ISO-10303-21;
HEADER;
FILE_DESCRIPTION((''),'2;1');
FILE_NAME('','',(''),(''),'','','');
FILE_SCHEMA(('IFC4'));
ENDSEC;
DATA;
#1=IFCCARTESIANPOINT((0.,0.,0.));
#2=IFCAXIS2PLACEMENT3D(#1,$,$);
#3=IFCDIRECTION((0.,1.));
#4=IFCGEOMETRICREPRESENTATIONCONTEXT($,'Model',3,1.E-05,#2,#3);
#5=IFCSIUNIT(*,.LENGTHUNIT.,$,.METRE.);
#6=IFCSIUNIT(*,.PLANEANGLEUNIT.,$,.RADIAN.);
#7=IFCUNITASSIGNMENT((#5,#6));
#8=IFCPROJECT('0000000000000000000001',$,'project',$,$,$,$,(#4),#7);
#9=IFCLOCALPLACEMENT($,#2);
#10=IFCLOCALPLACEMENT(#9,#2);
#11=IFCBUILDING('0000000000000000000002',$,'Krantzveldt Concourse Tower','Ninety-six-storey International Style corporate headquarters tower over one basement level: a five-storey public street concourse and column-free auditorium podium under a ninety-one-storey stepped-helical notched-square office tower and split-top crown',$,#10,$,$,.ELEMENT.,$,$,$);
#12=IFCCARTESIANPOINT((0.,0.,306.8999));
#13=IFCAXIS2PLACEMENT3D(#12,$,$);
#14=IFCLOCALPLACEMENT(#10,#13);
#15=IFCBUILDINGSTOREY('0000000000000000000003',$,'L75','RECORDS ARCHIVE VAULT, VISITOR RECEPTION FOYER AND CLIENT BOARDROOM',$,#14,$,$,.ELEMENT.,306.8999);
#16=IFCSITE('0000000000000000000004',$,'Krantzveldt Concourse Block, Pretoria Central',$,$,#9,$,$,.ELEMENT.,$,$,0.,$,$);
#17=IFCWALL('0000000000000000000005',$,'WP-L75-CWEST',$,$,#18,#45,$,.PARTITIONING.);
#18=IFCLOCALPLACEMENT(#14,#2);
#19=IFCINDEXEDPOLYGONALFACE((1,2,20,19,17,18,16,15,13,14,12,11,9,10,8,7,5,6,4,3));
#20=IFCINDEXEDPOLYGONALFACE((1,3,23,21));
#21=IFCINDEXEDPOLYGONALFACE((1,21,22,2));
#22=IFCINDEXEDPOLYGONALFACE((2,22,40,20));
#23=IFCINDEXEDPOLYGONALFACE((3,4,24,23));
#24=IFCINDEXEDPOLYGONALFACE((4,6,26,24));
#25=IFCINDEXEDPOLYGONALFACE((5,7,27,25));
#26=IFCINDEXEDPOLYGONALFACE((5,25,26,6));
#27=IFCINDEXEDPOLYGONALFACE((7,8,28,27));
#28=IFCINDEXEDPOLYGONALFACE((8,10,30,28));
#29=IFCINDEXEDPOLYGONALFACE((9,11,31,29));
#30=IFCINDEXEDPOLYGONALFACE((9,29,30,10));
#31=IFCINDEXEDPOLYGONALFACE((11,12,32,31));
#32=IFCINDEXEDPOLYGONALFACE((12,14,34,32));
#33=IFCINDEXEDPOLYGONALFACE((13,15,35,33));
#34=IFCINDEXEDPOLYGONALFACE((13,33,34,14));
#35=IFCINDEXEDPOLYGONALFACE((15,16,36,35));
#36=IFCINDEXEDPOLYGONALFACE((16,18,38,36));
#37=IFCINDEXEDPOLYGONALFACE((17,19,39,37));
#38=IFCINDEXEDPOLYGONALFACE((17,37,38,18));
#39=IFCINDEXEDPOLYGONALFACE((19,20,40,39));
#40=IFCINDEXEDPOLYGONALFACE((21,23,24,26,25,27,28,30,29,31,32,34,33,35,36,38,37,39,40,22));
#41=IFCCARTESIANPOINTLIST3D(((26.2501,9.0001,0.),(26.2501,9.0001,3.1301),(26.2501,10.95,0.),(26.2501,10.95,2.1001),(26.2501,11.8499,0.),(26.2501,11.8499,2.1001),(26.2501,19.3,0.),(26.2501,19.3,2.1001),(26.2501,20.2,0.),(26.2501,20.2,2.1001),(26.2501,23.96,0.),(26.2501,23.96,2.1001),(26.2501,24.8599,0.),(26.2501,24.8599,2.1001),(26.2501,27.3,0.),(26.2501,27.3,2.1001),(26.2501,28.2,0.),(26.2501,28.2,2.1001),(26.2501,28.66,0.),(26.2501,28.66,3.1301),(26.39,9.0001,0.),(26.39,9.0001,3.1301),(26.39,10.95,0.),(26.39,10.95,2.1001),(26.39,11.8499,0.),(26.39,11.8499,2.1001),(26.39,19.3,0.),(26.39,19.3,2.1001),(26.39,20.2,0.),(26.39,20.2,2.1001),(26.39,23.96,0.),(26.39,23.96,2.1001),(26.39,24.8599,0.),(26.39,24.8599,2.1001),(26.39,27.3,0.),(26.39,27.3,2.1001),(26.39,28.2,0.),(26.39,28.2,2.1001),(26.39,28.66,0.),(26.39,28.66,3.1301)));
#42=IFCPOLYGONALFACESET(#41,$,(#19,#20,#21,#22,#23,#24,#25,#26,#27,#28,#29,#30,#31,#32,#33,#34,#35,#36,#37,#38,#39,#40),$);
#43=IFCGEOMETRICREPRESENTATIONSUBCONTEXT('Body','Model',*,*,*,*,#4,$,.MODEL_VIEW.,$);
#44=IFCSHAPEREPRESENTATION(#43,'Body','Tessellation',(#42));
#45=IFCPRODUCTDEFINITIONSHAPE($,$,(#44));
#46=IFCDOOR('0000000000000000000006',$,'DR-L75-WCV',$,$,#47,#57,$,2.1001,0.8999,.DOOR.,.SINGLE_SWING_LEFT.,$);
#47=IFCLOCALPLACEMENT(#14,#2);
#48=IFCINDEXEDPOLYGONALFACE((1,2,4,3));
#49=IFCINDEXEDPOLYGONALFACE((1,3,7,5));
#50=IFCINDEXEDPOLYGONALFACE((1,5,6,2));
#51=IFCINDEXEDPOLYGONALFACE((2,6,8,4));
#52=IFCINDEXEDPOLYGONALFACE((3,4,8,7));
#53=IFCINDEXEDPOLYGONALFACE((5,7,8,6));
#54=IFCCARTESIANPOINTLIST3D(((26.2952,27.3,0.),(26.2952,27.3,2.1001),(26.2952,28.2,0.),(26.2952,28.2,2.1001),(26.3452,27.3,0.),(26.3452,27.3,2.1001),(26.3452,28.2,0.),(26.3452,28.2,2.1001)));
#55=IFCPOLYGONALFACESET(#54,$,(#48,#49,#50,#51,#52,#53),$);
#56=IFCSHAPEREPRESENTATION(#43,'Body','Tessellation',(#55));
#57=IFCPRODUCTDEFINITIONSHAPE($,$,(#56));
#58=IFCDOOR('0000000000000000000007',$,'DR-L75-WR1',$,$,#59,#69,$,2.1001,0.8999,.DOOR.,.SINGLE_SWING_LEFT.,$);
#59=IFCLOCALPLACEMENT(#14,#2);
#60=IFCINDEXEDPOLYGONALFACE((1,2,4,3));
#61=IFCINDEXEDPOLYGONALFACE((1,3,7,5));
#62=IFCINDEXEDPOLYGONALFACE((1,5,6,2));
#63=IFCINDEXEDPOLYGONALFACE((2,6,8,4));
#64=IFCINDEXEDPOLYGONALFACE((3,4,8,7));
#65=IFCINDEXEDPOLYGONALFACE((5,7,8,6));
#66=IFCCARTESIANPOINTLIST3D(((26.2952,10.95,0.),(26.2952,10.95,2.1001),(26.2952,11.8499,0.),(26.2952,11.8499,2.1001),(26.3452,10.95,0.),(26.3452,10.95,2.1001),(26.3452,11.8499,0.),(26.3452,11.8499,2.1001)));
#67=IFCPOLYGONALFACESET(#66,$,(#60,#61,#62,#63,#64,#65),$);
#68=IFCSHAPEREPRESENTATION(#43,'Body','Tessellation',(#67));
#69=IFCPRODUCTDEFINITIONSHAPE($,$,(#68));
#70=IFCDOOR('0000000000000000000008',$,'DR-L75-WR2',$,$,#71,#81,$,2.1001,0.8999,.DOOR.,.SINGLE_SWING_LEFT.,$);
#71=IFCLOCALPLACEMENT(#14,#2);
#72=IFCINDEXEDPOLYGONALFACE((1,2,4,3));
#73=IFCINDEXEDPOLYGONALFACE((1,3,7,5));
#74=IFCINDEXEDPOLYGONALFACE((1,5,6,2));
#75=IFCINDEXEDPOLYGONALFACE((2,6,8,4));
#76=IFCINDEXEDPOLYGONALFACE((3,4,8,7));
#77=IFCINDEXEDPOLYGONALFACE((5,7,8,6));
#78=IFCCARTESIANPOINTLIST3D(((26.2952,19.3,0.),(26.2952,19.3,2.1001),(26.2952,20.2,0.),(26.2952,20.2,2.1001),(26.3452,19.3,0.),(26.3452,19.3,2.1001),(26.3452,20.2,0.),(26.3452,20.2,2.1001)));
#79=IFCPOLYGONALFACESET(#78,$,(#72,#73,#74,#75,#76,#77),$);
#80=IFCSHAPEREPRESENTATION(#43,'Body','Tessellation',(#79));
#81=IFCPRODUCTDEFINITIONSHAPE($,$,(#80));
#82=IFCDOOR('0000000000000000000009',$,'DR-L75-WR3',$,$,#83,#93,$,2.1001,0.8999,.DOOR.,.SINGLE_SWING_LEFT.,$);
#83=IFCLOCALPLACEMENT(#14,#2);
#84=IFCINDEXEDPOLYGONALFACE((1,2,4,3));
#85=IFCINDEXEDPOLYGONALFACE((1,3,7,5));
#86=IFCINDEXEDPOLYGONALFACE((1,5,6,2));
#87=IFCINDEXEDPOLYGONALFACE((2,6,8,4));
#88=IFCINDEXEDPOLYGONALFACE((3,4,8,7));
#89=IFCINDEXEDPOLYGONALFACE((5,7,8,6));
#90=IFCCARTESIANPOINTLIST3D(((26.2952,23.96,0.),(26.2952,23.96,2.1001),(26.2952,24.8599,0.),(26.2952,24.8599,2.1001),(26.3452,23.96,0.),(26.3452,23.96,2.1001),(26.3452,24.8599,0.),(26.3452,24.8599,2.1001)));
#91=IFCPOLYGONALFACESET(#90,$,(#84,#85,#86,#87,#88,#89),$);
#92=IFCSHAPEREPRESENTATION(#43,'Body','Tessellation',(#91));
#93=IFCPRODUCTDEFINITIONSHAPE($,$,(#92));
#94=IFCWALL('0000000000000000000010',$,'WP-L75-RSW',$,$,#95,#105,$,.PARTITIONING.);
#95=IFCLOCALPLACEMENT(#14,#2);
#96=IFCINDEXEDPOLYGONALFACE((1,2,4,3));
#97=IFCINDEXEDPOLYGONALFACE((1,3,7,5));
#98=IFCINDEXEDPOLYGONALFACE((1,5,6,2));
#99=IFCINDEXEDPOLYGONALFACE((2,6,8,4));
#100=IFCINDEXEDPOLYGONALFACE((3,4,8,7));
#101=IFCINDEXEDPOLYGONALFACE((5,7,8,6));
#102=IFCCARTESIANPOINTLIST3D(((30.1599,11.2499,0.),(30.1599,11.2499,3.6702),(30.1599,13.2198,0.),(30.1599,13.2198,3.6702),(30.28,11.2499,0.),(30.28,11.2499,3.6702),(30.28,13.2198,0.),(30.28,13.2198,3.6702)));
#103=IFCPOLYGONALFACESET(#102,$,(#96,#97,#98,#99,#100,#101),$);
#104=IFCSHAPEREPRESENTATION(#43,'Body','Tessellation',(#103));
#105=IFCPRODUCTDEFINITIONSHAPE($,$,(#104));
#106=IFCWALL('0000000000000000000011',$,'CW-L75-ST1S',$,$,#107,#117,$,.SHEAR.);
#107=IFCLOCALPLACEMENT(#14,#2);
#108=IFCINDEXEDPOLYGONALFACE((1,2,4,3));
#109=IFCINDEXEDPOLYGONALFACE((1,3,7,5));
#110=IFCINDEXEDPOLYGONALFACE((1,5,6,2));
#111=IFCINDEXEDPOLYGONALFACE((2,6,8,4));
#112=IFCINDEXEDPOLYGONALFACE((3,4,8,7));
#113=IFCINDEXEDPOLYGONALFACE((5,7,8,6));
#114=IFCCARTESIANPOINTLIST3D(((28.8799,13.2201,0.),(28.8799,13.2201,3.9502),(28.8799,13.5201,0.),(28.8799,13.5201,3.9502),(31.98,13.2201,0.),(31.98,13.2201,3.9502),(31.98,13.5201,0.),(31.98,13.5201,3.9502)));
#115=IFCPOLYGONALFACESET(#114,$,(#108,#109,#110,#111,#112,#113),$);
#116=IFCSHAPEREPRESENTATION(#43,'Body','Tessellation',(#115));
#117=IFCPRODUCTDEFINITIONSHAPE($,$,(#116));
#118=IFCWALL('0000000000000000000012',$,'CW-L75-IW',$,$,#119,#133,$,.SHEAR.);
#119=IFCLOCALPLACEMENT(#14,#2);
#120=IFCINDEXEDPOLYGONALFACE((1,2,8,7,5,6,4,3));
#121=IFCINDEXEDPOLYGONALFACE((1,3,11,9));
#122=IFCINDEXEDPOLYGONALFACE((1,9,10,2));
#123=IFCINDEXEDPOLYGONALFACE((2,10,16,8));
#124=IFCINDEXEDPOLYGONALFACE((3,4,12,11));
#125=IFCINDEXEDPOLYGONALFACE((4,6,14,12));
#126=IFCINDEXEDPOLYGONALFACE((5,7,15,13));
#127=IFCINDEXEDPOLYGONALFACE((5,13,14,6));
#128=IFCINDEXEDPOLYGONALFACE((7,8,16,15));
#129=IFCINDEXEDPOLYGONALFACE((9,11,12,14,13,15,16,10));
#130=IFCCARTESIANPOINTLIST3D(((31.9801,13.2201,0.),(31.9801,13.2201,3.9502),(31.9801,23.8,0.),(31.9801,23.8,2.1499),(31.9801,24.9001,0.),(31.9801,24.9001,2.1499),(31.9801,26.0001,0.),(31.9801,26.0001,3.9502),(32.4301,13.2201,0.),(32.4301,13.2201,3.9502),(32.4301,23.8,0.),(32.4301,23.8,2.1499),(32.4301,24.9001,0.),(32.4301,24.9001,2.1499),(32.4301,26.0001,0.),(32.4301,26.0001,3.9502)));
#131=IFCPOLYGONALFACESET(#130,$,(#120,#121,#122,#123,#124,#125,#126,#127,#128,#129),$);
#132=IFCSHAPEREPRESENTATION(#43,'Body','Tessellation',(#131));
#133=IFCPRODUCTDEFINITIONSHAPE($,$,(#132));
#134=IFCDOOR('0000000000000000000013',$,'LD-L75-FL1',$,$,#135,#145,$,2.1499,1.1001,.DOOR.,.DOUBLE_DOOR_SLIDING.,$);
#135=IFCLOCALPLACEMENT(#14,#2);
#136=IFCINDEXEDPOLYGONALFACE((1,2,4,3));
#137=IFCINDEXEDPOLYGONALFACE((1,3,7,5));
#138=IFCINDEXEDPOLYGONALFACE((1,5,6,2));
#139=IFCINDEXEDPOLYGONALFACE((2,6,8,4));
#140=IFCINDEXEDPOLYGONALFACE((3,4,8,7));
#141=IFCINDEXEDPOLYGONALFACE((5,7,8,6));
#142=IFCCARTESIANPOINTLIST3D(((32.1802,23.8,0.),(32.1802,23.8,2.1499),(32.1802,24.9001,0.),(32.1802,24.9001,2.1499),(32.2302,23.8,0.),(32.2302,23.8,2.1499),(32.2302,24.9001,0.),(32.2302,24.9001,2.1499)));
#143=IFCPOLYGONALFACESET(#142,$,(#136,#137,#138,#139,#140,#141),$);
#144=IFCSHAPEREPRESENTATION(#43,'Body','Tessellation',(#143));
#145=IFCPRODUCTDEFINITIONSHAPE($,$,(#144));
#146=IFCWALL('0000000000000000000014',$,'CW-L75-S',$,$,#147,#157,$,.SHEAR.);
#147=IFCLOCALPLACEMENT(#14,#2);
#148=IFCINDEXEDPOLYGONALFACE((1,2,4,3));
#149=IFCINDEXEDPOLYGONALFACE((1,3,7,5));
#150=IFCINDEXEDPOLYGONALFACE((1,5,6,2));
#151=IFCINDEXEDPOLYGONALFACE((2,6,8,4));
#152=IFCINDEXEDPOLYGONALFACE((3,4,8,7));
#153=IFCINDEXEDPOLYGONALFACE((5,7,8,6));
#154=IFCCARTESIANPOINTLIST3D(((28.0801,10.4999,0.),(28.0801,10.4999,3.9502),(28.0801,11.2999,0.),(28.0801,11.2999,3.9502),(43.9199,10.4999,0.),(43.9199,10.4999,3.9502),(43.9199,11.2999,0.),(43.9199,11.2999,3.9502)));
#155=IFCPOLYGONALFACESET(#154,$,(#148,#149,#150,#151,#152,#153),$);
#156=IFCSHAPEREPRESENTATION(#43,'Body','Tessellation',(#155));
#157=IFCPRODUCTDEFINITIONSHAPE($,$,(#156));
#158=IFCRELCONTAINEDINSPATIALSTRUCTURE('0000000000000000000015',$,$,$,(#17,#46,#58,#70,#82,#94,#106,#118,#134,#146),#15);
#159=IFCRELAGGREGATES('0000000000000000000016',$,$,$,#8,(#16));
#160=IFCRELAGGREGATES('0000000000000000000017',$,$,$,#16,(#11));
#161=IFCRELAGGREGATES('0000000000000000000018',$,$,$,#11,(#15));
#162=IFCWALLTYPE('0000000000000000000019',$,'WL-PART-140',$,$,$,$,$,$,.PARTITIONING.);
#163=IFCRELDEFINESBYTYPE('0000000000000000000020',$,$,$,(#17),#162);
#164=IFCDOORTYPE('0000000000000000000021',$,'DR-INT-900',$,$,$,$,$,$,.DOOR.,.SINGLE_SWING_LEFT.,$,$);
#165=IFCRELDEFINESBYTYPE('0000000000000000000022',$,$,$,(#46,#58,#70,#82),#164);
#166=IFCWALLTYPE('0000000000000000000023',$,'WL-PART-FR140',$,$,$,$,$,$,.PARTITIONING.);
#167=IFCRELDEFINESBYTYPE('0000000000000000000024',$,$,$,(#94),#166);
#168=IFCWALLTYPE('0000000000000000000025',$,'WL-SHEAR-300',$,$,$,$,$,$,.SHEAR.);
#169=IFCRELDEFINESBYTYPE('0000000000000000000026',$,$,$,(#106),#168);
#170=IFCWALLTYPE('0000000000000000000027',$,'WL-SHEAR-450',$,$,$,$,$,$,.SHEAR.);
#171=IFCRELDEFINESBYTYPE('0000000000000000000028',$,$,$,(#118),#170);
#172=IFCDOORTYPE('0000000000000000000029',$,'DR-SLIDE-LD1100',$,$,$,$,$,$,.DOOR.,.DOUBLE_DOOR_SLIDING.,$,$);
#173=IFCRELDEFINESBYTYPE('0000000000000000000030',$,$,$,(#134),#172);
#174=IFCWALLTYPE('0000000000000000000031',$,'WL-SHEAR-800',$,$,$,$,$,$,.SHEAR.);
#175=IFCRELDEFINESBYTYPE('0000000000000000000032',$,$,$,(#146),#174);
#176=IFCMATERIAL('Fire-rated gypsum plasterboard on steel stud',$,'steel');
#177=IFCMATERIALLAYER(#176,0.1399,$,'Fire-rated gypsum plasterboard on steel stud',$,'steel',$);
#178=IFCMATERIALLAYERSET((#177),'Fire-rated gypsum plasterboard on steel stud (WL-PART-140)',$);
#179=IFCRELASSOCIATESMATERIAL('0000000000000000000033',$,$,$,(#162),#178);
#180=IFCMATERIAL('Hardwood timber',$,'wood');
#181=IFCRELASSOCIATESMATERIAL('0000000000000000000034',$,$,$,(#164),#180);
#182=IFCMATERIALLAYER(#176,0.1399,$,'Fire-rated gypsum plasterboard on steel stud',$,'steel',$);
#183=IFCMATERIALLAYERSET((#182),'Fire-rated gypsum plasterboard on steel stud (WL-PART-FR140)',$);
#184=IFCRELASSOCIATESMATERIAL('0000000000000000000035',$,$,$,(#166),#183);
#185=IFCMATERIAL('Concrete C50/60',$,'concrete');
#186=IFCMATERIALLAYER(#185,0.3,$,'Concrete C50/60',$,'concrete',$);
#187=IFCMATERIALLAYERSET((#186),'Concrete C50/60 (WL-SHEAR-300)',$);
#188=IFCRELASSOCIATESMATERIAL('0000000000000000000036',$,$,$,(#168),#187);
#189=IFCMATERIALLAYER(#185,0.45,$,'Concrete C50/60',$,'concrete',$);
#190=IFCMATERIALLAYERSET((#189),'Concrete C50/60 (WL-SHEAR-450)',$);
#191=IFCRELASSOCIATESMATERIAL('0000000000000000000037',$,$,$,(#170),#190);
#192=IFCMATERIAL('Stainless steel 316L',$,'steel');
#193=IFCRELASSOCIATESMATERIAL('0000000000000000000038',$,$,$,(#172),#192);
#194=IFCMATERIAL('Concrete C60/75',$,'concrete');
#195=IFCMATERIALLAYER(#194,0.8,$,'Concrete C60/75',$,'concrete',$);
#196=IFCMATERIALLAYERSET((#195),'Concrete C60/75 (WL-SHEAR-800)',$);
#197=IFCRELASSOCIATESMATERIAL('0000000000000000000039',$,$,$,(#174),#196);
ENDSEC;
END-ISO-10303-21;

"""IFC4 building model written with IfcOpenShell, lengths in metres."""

from ifc_helpers import new_model, si_unit, direction, frame, frame_2d, origin, place, context, subcontext, project, spatial, rectangle, extrude, material, layer, layer_set, type_object, element, fill, save


model = new_model("IFC4")

# Units and contexts
model_context = context("Model", 3, precision=1e-05, world=origin(), true_north=direction((0.0, 1.0)))
body_context = subcontext(model_context, "Body", "Model", "MODEL_VIEW")
ifc_project = project(units=[si_unit("LENGTHUNIT", "METRE"), si_unit("PLANEANGLEUNIT", "RADIAN")], contexts=[model_context])

# Site, building, storey
site_placement = place(None, origin())
site = spatial("IfcSite", under=ifc_project, at=site_placement, Name="Krantzveldt Concourse Block, Pretoria Central", CompositionType="ELEMENT", RefElevation=0.0)
building_placement = place(site_placement, origin())
building = spatial("IfcBuilding", under=site, at=building_placement, Name="Krantzveldt Concourse Tower", Description="Ninety-six-storey International Style corporate headquarters tower over one basement level: a five-storey public street concourse and column-free auditorium podium under a ninety-one-storey stepped-helical notched-square office tower and split-top crown", CompositionType="ELEMENT")
storey_placement = place(building_placement, frame((0.0, 0.0, 306.8999)))
storey = spatial("IfcBuildingStorey", under=building, at=storey_placement, Name="L75", Description="RECORDS ARCHIVE VAULT, VISITOR RECEPTION FOYER AND CLIENT BOARDROOM", CompositionType="ELEMENT", Elevation=306.8999)

# Shared definitions
ifc_material_1 = material(Name="Fire-rated gypsum plasterboard on steel stud", Category="steel")
ifc_material_2 = material(Name="Hardwood timber", Category="wood")

# Wall, openings, doors
ifc_layer_1 = layer(ifc_material_1, 0.1399, Name="Fire-rated gypsum plasterboard on steel stud", Category="steel")
ifc_layer_set_1 = layer_set([ifc_layer_1], Name="Fire-rated gypsum plasterboard on steel stud (WL-PART-140)")
wall_type_1 = type_object("IfcWallType", Name="WL-PART-140", PredefinedType="PARTITIONING", material=ifc_layer_set_1)
wall_1_placement = place(storey_placement, frame((26.3201, 9.0, 0.0), z_axis=(0.0, 0.0, 1.0), x_axis=(0.0, 1.0, 0.0)))
wall_1 = element("IfcWall", 1, at=wall_1_placement, inside=storey, type_object=wall_type_1, Name="WP-L75-CWEST", PredefinedType="PARTITIONING", context=body_context, shape_type="SweptSolid", body=[
    extrude(rectangle(XDim=19.6599, YDim=0.1399, at=frame_2d((9.8301, 0.0))), origin(), (0.0, 0.0, 1.0), 3.1301),
])
opening_1_placement = place(wall_1_placement, frame((18.3, 0.0, 0.0)))
opening_1 = element("IfcOpeningElement", 2, at=opening_1_placement, cuts=wall_1, PredefinedType="OPENING", context=body_context, shape_type="SweptSolid", body=[
    extrude(rectangle(XDim=0.8999, YDim=2.1001, at=frame_2d((0.45, 1.05))), frame((0.0, 0.0801, 0.0), z_axis=(0.0, -1.0, 0.0), x_axis=(1.0, 0.0, 0.0)), (0.0, 0.0, 1.0), 0.1599),
])
opening_2_placement = place(wall_1_placement, frame((1.95, 0.0, 0.0)))
opening_2 = element("IfcOpeningElement", 3, at=opening_2_placement, cuts=wall_1, PredefinedType="OPENING", context=body_context, shape_type="SweptSolid", body=[
    extrude(rectangle(XDim=0.8999, YDim=2.1001, at=frame_2d((0.45, 1.05))), frame((0.0, 0.0801, 0.0), z_axis=(0.0, -1.0, 0.0), x_axis=(1.0, 0.0, 0.0)), (0.0, 0.0, 1.0), 0.1599),
])
opening_3_placement = place(wall_1_placement, frame((10.3, 0.0, 0.0)))
opening_3 = element("IfcOpeningElement", 4, at=opening_3_placement, cuts=wall_1, PredefinedType="OPENING", context=body_context, shape_type="SweptSolid", body=[
    extrude(rectangle(XDim=0.8999, YDim=2.1001, at=frame_2d((0.45, 1.05))), frame((0.0, 0.0801, 0.0), z_axis=(0.0, -1.0, 0.0), x_axis=(1.0, 0.0, 0.0)), (0.0, 0.0, 1.0), 0.1599),
])
opening_4_placement = place(wall_1_placement, frame((14.96, 0.0, 0.0)))
opening_4 = element("IfcOpeningElement", 5, at=opening_4_placement, cuts=wall_1, PredefinedType="OPENING", context=body_context, shape_type="SweptSolid", body=[
    extrude(rectangle(XDim=0.8999, YDim=2.1001, at=frame_2d((0.45, 1.05))), frame((0.0, 0.0801, 0.0), z_axis=(0.0, -1.0, 0.0), x_axis=(1.0, 0.0, 0.0)), (0.0, 0.0, 1.0), 0.1599),
])
door_type_1 = type_object("IfcDoorType", Name="DR-INT-900", OperationType="SINGLE_SWING_LEFT", PredefinedType="DOOR", material=ifc_material_2)
door_1_placement = place(opening_1_placement, origin())
door_1 = element("IfcDoor", 6, at=door_1_placement, inside=storey, type_object=door_type_1, Name="DR-L75-WCV", OperationType="SINGLE_SWING_LEFT", OverallHeight=2.1001, OverallWidth=0.8999, PredefinedType="DOOR", context=body_context, shape_type="SweptSolid", body=[
    extrude(rectangle(XDim=0.8999, YDim=2.1001, at=frame_2d((0.45, 1.05))), frame((0.0, 0.0249, 0.0), z_axis=(0.0, -1.0, 0.0), x_axis=(1.0, 0.0, 0.0)), (0.0, 0.0, 1.0), 0.05),
])
fill(opening_1, door_1)
door_2_placement = place(opening_2_placement, origin())
door_2 = element("IfcDoor", 7, at=door_2_placement, inside=storey, type_object=door_type_1, Name="DR-L75-WR1", OperationType="SINGLE_SWING_LEFT", OverallHeight=2.1001, OverallWidth=0.8999, PredefinedType="DOOR", context=body_context, shape_type="SweptSolid", body=[
    extrude(rectangle(XDim=0.8999, YDim=2.1001, at=frame_2d((0.45, 1.05))), frame((0.0, 0.0249, 0.0), z_axis=(0.0, -1.0, 0.0), x_axis=(1.0, 0.0, 0.0)), (0.0, 0.0, 1.0), 0.05),
])
fill(opening_2, door_2)
door_3_placement = place(opening_3_placement, origin())
door_3 = element("IfcDoor", 8, at=door_3_placement, inside=storey, type_object=door_type_1, Name="DR-L75-WR2", OperationType="SINGLE_SWING_LEFT", OverallHeight=2.1001, OverallWidth=0.8999, PredefinedType="DOOR", context=body_context, shape_type="SweptSolid", body=[
    extrude(rectangle(XDim=0.8999, YDim=2.1001, at=frame_2d((0.45, 1.05))), frame((0.0, 0.0249, 0.0), z_axis=(0.0, -1.0, 0.0), x_axis=(1.0, 0.0, 0.0)), (0.0, 0.0, 1.0), 0.05),
])
fill(opening_3, door_3)
door_4_placement = place(opening_4_placement, origin())
door_4 = element("IfcDoor", 9, at=door_4_placement, inside=storey, type_object=door_type_1, Name="DR-L75-WR3", OperationType="SINGLE_SWING_LEFT", OverallHeight=2.1001, OverallWidth=0.8999, PredefinedType="DOOR", context=body_context, shape_type="SweptSolid", body=[
    extrude(rectangle(XDim=0.8999, YDim=2.1001, at=frame_2d((0.45, 1.05))), frame((0.0, 0.0249, 0.0), z_axis=(0.0, -1.0, 0.0), x_axis=(1.0, 0.0, 0.0)), (0.0, 0.0, 1.0), 0.05),
])
fill(opening_4, door_4)

# Walls
ifc_layer_2 = layer(ifc_material_1, 0.1399, Name="Fire-rated gypsum plasterboard on steel stud", Category="steel")
ifc_layer_set_2 = layer_set([ifc_layer_2], Name="Fire-rated gypsum plasterboard on steel stud (WL-PART-FR140)")
wall_type_2 = type_object("IfcWallType", Name="WL-PART-FR140", PredefinedType="PARTITIONING", material=ifc_layer_set_2)
wall_2_placement = place(storey_placement, frame((30.22, 11.25, 0.0), z_axis=(0.0, 0.0, 1.0), x_axis=(0.0, 1.0, 0.0)))
element("IfcWall", 10, at=wall_2_placement, inside=storey, type_object=wall_type_2, Name="WP-L75-RSW", PredefinedType="PARTITIONING", context=body_context, shape_type="SweptSolid", body=[
    extrude(rectangle(XDim=1.97, YDim=0.1201, at=frame_2d((0.9849, 0.0))), origin(), (0.0, 0.0, 1.0), 3.6702),
])
ifc_material_3 = material(Name="Concrete C50/60", Category="concrete")
ifc_layer_3 = layer(ifc_material_3, 0.3, Name="Concrete C50/60", Category="concrete")
ifc_layer_set_3 = layer_set([ifc_layer_3], Name="Concrete C50/60 (WL-SHEAR-300)")
wall_type_3 = type_object("IfcWallType", Name="WL-SHEAR-300", PredefinedType="SHEAR", material=ifc_layer_set_3)
wall_3_placement = place(storey_placement, frame((28.8799, 13.3701, 0.0), z_axis=(0.0, 0.0, 1.0), x_axis=(1.0, 0.0, 0.0)))
element("IfcWall", 11, at=wall_3_placement, inside=storey, type_object=wall_type_3, Name="CW-L75-ST1S", PredefinedType="SHEAR", context=body_context, shape_type="SweptSolid", body=[
    extrude(rectangle(XDim=3.1001, YDim=0.3, at=frame_2d((1.55, 0.0))), origin(), (0.0, 0.0, 1.0), 3.9502),
])

# Wall, opening, door
ifc_layer_4 = layer(ifc_material_3, 0.45, Name="Concrete C50/60", Category="concrete")
ifc_layer_set_4 = layer_set([ifc_layer_4], Name="Concrete C50/60 (WL-SHEAR-450)")
wall_type_4 = type_object("IfcWallType", Name="WL-SHEAR-450", PredefinedType="SHEAR", material=ifc_layer_set_4)
wall_4_placement = place(storey_placement, frame((32.2051, 13.22, 0.0), z_axis=(0.0, 0.0, 1.0), x_axis=(0.0, 1.0, 0.0)))
wall_4 = element("IfcWall", 12, at=wall_4_placement, inside=storey, type_object=wall_type_4, Name="CW-L75-IW", PredefinedType="SHEAR", context=body_context, shape_type="SweptSolid", body=[
    extrude(rectangle(XDim=12.78, YDim=0.45, at=frame_2d((6.3901, 0.0))), origin(), (0.0, 0.0, 1.0), 3.9502),
])
opening_5_placement = place(wall_4_placement, frame((10.5801, 0.0, 0.0)))
opening_5 = element("IfcOpeningElement", 13, at=opening_5_placement, cuts=wall_4, PredefinedType="OPENING", context=body_context, shape_type="SweptSolid", body=[
    extrude(rectangle(XDim=1.1001, YDim=2.1499, at=frame_2d((0.55, 1.075))), frame((0.0, 0.2349, 0.0), z_axis=(0.0, -1.0, 0.0), x_axis=(1.0, 0.0, 0.0)), (0.0, 0.0, 1.0), 0.47),
])
ifc_material_4 = material(Name="Stainless steel 316L", Category="steel")
door_type_2 = type_object("IfcDoorType", Name="DR-SLIDE-LD1100", OperationType="DOUBLE_DOOR_SLIDING", PredefinedType="DOOR", material=ifc_material_4)
door_5_placement = place(opening_5_placement, origin())
door_5 = element("IfcDoor", 14, at=door_5_placement, inside=storey, type_object=door_type_2, Name="LD-L75-FL1", OperationType="DOUBLE_DOOR_SLIDING", OverallHeight=2.1499, OverallWidth=1.1001, PredefinedType="DOOR", context=body_context, shape_type="SweptSolid", body=[
    extrude(rectangle(XDim=1.1001, YDim=2.1499, at=frame_2d((0.55, 1.075))), frame((0.0, 0.0249, 0.0), z_axis=(0.0, -1.0, 0.0), x_axis=(1.0, 0.0, 0.0)), (0.0, 0.0, 1.0), 0.05),
])
fill(opening_5, door_5)

# Wall
ifc_material_5 = material(Name="Concrete C60/75", Category="concrete")
ifc_layer_5 = layer(ifc_material_5, 0.8, Name="Concrete C60/75", Category="concrete")
ifc_layer_set_5 = layer_set([ifc_layer_5], Name="Concrete C60/75 (WL-SHEAR-800)")
wall_type_5 = type_object("IfcWallType", Name="WL-SHEAR-800", PredefinedType="SHEAR", material=ifc_layer_set_5)
wall_5_placement = place(storey_placement, frame((28.0801, 10.8999, 0.0), z_axis=(0.0, 0.0, 1.0), x_axis=(1.0, 0.0, 0.0)))
element("IfcWall", 15, at=wall_5_placement, inside=storey, type_object=wall_type_5, Name="CW-L75-S", PredefinedType="SHEAR", context=body_context, shape_type="SweptSolid", body=[
    extrude(rectangle(XDim=15.8398, YDim=0.8, at=frame_2d((7.9199, 0.0))), origin(), (0.0, 0.0, 1.0), 3.9502),
])

save(model, "model.ifc")
